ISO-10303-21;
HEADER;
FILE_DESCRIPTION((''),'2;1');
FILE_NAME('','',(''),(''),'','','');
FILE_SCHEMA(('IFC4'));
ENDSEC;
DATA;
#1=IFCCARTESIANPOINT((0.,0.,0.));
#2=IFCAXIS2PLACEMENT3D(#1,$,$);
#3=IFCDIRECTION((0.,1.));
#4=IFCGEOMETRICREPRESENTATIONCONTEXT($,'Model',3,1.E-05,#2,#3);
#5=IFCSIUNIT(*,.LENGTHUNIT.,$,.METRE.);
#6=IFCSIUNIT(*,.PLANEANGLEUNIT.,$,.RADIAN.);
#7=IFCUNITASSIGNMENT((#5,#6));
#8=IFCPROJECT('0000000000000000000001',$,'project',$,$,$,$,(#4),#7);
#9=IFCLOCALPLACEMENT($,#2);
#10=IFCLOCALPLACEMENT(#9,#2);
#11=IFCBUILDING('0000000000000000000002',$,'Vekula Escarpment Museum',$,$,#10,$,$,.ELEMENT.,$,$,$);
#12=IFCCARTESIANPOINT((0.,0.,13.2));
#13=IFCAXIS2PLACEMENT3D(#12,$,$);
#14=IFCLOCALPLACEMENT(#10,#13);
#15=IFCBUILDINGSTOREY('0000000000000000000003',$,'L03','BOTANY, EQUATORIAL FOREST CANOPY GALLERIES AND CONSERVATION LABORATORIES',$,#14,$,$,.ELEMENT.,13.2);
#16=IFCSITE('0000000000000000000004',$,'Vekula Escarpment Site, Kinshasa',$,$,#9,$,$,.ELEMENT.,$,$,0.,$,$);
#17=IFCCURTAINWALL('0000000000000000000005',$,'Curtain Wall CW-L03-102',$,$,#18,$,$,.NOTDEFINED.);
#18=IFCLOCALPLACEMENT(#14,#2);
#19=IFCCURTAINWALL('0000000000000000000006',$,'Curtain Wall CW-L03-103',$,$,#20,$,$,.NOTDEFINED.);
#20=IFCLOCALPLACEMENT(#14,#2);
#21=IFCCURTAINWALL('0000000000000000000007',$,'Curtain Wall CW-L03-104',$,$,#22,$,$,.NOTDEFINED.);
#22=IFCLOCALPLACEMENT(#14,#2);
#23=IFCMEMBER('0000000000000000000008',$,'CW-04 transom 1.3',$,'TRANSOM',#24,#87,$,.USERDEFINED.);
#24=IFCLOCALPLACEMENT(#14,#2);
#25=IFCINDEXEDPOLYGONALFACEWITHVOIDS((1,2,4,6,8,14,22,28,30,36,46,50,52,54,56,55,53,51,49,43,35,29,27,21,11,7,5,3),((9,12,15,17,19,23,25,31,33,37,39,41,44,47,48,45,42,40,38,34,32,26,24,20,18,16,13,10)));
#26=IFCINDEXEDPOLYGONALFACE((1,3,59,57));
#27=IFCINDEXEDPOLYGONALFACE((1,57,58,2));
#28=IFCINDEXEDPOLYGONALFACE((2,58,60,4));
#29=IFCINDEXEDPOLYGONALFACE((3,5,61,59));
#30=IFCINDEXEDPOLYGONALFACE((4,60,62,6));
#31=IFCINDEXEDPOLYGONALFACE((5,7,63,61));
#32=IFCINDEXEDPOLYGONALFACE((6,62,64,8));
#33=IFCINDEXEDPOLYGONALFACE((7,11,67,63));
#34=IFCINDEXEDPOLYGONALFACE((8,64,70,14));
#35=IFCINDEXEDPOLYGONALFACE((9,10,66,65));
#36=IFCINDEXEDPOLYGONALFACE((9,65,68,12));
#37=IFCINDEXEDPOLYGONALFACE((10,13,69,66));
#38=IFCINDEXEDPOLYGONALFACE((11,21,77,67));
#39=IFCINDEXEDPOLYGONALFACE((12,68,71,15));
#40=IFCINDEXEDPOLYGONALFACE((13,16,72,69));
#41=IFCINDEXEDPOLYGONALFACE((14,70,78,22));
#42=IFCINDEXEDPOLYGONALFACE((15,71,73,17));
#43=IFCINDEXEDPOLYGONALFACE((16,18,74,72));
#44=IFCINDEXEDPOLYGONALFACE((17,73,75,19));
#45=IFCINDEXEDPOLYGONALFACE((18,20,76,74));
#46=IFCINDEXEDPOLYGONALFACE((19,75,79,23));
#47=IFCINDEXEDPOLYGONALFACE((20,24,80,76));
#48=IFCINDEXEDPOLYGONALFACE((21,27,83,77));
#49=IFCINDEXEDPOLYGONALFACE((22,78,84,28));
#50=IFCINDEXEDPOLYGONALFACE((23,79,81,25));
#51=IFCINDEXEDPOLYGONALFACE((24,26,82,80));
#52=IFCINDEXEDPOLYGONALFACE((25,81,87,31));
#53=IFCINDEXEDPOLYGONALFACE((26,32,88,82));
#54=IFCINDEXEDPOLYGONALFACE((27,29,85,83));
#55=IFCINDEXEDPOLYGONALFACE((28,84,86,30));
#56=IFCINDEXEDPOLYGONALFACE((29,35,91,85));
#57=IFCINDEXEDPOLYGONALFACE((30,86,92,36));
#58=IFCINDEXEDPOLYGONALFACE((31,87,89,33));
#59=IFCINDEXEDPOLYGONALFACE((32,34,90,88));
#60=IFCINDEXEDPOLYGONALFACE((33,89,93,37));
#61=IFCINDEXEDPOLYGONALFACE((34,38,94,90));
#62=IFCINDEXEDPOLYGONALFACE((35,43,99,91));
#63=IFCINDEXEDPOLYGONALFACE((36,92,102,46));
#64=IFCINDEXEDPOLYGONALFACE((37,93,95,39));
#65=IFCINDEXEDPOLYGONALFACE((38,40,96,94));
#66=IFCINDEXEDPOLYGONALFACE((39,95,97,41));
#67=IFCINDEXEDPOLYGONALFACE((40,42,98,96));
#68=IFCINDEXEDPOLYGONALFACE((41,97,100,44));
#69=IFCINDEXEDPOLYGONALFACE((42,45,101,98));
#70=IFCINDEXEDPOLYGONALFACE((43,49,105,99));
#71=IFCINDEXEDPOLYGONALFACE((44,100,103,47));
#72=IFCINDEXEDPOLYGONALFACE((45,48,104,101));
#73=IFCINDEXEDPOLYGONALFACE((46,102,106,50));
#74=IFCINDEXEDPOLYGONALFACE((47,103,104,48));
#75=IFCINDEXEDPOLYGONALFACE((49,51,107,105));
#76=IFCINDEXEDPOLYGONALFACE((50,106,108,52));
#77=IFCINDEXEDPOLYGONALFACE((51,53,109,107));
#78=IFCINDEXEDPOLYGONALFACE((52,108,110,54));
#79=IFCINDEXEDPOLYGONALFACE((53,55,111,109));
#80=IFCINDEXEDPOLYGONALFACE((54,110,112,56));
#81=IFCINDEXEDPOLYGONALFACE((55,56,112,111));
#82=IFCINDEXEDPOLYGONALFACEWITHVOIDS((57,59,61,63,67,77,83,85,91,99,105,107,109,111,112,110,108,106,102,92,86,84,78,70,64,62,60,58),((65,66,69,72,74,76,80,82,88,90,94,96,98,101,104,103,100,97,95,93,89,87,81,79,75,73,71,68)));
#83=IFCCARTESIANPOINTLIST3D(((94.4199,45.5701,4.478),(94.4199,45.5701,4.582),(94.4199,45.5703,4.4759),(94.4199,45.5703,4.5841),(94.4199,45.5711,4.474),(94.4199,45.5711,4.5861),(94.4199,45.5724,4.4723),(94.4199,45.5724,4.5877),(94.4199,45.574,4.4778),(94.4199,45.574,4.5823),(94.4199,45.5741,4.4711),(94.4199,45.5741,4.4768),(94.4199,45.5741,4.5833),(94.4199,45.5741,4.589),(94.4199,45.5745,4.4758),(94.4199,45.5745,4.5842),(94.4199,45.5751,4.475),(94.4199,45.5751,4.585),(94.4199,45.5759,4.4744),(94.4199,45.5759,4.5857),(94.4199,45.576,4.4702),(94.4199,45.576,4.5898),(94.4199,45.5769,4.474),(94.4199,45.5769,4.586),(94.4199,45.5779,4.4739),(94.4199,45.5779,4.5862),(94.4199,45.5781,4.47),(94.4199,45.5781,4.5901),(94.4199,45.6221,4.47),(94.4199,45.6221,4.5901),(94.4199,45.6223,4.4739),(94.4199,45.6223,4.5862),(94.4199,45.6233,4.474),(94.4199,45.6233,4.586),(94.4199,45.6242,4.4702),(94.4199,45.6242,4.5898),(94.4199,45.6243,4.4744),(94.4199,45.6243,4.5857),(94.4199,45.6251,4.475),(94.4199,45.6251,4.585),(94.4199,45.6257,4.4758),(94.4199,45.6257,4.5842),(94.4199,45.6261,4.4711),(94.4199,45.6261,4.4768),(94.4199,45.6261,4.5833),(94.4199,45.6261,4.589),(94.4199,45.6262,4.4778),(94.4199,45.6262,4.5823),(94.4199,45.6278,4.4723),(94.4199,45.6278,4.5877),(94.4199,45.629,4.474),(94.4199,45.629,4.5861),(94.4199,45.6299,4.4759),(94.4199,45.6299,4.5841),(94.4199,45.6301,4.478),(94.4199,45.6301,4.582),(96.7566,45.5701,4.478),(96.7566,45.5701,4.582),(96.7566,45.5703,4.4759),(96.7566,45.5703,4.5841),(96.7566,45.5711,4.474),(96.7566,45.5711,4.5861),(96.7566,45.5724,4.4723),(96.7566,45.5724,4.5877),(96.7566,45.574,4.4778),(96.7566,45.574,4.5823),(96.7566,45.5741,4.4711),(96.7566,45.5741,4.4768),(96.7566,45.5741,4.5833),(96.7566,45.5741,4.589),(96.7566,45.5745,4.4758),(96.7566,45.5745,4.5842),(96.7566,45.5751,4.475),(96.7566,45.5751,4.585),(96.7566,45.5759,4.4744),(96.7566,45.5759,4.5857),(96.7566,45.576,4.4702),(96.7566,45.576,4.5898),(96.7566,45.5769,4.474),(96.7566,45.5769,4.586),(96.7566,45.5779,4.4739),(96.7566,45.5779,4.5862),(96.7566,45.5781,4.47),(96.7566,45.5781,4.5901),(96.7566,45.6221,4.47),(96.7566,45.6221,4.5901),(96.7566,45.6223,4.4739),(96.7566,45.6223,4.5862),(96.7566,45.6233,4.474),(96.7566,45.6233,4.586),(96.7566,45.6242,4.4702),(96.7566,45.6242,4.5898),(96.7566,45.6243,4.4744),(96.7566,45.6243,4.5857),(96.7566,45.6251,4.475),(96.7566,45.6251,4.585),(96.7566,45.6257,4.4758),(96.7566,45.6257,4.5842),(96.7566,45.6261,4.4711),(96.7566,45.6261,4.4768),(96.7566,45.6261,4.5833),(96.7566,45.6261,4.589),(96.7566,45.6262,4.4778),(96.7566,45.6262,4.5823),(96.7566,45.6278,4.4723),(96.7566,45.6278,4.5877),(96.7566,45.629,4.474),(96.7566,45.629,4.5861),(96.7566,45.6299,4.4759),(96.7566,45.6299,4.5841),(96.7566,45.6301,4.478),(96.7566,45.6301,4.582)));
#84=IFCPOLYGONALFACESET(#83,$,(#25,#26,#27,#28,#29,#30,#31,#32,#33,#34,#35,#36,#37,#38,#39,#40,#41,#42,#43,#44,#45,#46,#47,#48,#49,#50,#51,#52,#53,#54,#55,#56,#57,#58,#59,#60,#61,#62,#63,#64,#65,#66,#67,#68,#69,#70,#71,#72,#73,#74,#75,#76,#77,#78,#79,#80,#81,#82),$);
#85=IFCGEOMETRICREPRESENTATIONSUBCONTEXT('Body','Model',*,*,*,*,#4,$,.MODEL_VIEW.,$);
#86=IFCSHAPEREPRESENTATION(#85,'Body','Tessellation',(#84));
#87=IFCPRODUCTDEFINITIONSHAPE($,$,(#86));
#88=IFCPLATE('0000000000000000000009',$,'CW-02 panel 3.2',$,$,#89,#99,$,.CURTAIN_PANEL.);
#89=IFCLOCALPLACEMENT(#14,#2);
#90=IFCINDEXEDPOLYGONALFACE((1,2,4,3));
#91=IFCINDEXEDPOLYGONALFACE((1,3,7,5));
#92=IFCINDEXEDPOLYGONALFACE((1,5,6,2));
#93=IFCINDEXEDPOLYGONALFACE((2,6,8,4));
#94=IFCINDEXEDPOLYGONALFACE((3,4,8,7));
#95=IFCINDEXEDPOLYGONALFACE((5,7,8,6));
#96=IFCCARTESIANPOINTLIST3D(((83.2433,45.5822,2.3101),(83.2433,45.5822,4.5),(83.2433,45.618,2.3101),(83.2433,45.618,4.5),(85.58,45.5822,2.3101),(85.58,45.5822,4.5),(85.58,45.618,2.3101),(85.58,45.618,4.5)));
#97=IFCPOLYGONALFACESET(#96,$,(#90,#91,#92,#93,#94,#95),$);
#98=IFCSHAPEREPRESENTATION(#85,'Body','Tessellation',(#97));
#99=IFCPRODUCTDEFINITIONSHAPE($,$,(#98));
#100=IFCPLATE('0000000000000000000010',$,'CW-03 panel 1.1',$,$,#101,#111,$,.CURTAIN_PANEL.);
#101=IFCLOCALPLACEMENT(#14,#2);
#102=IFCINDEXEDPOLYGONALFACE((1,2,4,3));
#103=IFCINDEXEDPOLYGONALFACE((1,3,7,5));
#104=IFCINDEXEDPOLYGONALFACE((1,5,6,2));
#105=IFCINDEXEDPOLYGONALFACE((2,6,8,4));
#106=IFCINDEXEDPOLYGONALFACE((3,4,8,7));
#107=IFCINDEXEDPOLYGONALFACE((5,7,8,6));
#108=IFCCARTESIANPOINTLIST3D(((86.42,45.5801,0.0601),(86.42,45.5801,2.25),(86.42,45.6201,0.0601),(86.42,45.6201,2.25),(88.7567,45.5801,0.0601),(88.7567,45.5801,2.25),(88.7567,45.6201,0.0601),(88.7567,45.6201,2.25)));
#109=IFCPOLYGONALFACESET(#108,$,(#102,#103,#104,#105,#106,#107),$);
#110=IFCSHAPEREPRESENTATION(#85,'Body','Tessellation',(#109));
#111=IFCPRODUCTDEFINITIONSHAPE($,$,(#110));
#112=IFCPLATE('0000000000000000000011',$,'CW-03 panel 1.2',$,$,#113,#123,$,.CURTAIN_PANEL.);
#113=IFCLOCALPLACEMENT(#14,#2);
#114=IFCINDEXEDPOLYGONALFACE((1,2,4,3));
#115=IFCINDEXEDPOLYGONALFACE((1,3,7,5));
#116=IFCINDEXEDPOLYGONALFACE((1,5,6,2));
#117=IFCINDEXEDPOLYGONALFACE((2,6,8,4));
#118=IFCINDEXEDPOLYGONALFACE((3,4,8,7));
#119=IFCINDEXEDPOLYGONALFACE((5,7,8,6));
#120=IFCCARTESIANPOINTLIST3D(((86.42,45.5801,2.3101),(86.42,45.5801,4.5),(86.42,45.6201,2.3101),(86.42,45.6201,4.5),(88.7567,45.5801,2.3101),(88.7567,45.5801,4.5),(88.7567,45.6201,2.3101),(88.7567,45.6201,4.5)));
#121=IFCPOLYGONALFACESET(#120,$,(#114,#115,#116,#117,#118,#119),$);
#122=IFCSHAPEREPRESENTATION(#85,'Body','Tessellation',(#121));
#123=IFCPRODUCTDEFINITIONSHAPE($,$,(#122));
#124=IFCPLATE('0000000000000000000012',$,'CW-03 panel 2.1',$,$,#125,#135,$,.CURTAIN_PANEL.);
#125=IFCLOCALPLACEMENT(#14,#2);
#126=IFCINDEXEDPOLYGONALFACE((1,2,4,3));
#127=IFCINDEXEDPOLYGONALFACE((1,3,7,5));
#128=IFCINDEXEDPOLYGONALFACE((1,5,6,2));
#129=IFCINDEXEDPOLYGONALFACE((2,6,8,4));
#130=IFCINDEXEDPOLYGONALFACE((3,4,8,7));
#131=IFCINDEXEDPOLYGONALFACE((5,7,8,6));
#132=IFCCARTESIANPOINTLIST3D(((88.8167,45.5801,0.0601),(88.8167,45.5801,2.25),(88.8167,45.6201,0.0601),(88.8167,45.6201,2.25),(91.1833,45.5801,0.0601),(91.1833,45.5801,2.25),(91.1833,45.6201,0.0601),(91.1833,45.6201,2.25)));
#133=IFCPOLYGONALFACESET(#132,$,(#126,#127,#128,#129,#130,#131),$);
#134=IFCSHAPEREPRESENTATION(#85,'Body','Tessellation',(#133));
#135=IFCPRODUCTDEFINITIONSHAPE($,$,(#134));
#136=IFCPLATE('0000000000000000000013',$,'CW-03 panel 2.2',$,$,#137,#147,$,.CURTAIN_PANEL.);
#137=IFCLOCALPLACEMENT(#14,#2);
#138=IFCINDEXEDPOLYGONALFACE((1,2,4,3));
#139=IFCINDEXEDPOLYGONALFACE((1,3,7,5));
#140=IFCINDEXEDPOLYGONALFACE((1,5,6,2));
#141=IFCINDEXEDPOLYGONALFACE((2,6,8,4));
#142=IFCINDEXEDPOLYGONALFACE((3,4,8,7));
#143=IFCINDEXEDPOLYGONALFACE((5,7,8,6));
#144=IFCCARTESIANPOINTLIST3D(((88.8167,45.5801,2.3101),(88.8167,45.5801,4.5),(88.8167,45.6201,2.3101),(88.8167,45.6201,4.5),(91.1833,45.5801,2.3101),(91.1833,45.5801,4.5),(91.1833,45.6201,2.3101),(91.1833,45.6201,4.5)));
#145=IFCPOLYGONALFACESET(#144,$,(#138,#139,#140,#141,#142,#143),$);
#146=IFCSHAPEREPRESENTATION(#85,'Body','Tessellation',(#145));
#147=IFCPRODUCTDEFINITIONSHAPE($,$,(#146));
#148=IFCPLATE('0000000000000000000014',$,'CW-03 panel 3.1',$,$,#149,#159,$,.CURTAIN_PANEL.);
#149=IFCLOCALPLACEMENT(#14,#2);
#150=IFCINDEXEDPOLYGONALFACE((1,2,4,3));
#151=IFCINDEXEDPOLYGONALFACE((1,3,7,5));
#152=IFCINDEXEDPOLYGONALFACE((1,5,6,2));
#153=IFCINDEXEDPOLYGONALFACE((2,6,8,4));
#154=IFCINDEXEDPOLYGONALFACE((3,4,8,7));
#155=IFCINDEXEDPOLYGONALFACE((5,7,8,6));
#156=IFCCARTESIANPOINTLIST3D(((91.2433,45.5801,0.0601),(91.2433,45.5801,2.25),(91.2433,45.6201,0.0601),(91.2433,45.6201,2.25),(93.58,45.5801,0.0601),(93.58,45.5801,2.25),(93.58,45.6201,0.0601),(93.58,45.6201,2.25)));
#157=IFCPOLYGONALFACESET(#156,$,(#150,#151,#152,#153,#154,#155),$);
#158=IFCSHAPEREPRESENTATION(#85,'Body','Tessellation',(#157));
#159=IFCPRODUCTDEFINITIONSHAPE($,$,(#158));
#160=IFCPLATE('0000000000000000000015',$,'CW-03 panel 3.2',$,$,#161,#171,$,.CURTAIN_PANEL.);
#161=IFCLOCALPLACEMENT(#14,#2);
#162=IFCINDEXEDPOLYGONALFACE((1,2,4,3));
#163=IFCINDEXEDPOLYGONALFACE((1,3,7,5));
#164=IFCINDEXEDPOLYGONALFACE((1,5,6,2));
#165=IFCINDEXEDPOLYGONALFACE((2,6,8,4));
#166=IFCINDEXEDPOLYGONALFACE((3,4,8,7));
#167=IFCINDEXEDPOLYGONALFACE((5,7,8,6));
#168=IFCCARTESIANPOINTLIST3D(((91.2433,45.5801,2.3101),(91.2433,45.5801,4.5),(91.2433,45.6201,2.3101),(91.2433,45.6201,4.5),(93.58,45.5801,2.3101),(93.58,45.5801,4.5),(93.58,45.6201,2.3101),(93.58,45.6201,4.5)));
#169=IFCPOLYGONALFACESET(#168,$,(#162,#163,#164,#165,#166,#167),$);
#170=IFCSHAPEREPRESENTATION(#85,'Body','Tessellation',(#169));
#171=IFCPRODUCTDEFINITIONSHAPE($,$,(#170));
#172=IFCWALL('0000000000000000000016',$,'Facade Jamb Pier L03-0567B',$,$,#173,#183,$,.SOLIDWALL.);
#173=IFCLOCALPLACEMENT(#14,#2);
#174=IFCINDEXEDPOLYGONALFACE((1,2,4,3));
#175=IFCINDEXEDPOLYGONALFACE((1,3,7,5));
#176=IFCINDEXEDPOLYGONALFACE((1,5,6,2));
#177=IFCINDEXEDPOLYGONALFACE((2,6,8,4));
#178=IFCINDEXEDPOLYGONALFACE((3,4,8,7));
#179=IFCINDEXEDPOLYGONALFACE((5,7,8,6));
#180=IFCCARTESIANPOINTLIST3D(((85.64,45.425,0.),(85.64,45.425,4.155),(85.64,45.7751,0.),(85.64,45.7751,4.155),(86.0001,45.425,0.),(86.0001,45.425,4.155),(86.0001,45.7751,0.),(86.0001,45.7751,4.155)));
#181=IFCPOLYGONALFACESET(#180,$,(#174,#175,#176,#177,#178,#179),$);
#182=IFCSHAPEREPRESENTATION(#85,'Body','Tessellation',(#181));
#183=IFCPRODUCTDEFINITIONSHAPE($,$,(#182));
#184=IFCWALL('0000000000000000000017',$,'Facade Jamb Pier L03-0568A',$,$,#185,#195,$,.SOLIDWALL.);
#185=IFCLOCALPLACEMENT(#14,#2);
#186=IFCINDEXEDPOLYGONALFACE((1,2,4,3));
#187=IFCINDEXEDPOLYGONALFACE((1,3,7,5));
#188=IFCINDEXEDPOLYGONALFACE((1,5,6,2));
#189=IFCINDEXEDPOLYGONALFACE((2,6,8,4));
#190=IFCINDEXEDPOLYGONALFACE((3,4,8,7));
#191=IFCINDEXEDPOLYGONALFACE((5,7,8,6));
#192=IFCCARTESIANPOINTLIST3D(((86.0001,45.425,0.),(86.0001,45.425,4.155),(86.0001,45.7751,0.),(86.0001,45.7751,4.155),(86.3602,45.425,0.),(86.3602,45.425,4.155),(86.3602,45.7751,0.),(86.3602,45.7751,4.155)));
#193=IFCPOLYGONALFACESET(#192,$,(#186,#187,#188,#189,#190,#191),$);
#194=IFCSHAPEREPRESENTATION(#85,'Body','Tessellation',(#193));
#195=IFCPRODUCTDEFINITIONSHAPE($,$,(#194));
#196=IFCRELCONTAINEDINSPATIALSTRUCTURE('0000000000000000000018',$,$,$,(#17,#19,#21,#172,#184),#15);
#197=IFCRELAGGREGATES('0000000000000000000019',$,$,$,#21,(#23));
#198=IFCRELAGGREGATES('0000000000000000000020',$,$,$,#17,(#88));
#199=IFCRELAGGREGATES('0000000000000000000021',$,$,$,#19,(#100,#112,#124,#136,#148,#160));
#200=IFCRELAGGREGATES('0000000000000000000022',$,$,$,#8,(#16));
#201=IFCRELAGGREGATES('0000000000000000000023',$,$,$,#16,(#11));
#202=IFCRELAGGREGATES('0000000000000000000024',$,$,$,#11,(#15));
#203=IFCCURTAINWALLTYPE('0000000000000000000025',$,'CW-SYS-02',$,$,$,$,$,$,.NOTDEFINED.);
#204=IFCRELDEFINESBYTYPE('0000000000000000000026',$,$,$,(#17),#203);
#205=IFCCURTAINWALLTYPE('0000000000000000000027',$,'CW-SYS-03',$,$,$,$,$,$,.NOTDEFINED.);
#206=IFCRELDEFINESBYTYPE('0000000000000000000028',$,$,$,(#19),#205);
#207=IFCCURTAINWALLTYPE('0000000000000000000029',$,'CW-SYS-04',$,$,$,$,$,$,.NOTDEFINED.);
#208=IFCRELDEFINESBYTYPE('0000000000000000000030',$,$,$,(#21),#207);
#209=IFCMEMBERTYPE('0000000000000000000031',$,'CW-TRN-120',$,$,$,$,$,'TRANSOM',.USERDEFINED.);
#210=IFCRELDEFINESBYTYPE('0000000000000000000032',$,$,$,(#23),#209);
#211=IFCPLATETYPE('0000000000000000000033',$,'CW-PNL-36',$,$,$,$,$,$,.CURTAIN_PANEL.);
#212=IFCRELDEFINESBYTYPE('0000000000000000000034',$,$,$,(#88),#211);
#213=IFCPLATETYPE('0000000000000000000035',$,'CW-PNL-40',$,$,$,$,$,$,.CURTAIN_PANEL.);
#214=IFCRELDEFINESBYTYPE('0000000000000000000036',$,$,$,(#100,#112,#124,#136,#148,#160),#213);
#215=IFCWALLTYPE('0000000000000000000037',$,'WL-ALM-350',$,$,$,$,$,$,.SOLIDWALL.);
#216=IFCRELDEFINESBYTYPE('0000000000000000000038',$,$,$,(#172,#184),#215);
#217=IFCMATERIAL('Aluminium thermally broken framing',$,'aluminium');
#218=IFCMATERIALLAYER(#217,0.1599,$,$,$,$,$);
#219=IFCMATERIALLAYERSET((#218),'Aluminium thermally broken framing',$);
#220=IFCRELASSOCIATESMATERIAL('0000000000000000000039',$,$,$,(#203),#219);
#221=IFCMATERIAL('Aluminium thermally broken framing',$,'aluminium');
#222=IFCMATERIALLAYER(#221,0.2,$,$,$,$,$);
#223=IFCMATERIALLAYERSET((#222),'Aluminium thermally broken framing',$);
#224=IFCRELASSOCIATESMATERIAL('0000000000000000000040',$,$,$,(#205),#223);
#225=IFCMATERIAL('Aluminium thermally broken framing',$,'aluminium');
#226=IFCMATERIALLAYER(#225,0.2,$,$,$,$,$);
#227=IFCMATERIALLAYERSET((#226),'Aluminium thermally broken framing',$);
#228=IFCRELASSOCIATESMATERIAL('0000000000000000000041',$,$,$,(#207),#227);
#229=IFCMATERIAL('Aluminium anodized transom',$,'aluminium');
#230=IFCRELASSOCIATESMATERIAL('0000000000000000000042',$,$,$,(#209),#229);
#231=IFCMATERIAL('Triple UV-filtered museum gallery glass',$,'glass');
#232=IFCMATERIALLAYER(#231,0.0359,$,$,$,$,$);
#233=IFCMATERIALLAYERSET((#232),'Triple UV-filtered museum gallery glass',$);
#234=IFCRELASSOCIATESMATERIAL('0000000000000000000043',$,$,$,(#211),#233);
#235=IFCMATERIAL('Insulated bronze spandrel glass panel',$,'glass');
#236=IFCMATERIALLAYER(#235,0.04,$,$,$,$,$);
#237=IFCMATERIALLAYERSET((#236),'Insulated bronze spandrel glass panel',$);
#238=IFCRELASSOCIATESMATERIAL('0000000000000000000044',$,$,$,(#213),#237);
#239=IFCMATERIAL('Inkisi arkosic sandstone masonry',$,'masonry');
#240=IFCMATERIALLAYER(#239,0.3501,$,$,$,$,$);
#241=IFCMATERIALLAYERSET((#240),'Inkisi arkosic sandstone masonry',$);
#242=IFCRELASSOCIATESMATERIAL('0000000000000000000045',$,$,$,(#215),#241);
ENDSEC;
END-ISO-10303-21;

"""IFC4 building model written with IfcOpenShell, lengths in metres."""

from ifc_helpers import new_model, si_unit, direction, frame, frame_2d, origin, origin_2d, place, context, subcontext, project, spatial, rectangle, hollow_rectangle, extrude, material, layer, layer_set, material_profile, profile_set, type_object, element, aggregate, save


model = new_model("IFC4")

# Units and contexts
model_context = context("Model", 3, precision=1e-05, world=origin(), true_north=direction((0.0, 1.0)))
body_context = subcontext(model_context, "Body", "Model", "MODEL_VIEW")
ifc_project = project(units=[si_unit("LENGTHUNIT", "METRE"), si_unit("PLANEANGLEUNIT", "RADIAN")], contexts=[model_context])

# Site, building, storey
site_placement = place(None, origin())
site = spatial("IfcSite", under=ifc_project, at=site_placement, Name="Vekula Escarpment Site, Kinshasa", CompositionType="ELEMENT", RefElevation=0.0)
building_placement = place(site_placement, origin())
building = spatial("IfcBuilding", under=site, at=building_placement, Name="Vekula Escarpment Museum", CompositionType="ELEMENT")
storey_placement = place(building_placement, frame((0.0, 0.0, 13.2)))
storey = spatial("IfcBuildingStorey", under=building, at=storey_placement, Name="L03", Description="BOTANY, EQUATORIAL FOREST CANOPY GALLERIES AND CONSERVATION LABORATORIES", CompositionType="ELEMENT", Elevation=13.2)

# Curtain wall
ifc_material_1 = material(Name="Aluminium thermally broken framing", Category="aluminium")
ifc_layer_1 = layer(ifc_material_1, 0.1599)
ifc_layer_set_1 = layer_set([ifc_layer_1], Name="Aluminium thermally broken framing")
curtain_wall_type_1 = type_object("IfcCurtainWallType", Name="CW-SYS-02", PredefinedType="NOTDEFINED", material=ifc_layer_set_1)
curtain_wall_1_placement = place(storey_placement, origin())
curtain_wall_1 = element("IfcCurtainWall", 1, at=curtain_wall_1_placement, inside=storey, type_object=curtain_wall_type_1, Name="Curtain Wall CW-L03-102", PredefinedType="NOTDEFINED")

# Curtain wall
ifc_material_2 = material(Name="Aluminium thermally broken framing", Category="aluminium")
ifc_layer_2 = layer(ifc_material_2, 0.2)
ifc_layer_set_2 = layer_set([ifc_layer_2], Name="Aluminium thermally broken framing")
curtain_wall_type_2 = type_object("IfcCurtainWallType", Name="CW-SYS-03", PredefinedType="NOTDEFINED", material=ifc_layer_set_2)
curtain_wall_2_placement = place(storey_placement, origin())
curtain_wall_2 = element("IfcCurtainWall", 2, at=curtain_wall_2_placement, inside=storey, type_object=curtain_wall_type_2, Name="Curtain Wall CW-L03-103", PredefinedType="NOTDEFINED")

# Curtain wall
ifc_material_3 = material(Name="Aluminium thermally broken framing", Category="aluminium")
ifc_layer_3 = layer(ifc_material_3, 0.2)
ifc_layer_set_3 = layer_set([ifc_layer_3], Name="Aluminium thermally broken framing")
curtain_wall_type_3 = type_object("IfcCurtainWallType", Name="CW-SYS-04", PredefinedType="NOTDEFINED", material=ifc_layer_set_3)
curtain_wall_3_placement = place(storey_placement, origin())
curtain_wall_3 = element("IfcCurtainWall", 3, at=curtain_wall_3_placement, inside=storey, type_object=curtain_wall_type_3, Name="Curtain Wall CW-L03-104", PredefinedType="NOTDEFINED")

# Member
ifc_material_4 = material(Name="Aluminium anodized transom", Category="aluminium")
ifc_material_profile_1 = material_profile(ifc_material_4, hollow_rectangle(XDim=0.0601, YDim=0.1201, WallThickness=0.0039, InnerFilletRadius=0.0039, OuterFilletRadius=0.0081, at=origin_2d()), Name="ALU 120x60x4")
ifc_profile_set_1 = profile_set([ifc_material_profile_1], Name="Aluminium anodized transom")
member_type_1 = type_object("IfcMemberType", Name="CW-TRN-120", ElementType="TRANSOM", PredefinedType="USERDEFINED", material=ifc_profile_set_1)
member_1_placement = place(storey_placement, frame((94.4199, 45.6001, 4.53), z_axis=(1.0, 0.0, 0.0), x_axis=(0.0, 1.0, 0.0)))
member_1 = element("IfcMember", 4, at=member_1_placement, type_object=member_type_1, Name="CW-04 transom 1.3", ObjectType="TRANSOM", PredefinedType="USERDEFINED", context=body_context, shape_type="SweptSolid", body=[
    extrude(hollow_rectangle(XDim=0.0601, YDim=0.1201, WallThickness=0.0039, InnerFilletRadius=0.0039, OuterFilletRadius=0.0081, at=origin_2d()), origin(), (0.0, 0.0, 1.0), 2.3367),
])
aggregate(curtain_wall_3, [member_1])

# Plates
ifc_material_5 = material(Name="Triple UV-filtered museum gallery glass", Category="glass")
ifc_layer_4 = layer(ifc_material_5, 0.0359)
ifc_layer_set_4 = layer_set([ifc_layer_4], Name="Triple UV-filtered museum gallery glass")
plate_type_1 = type_object("IfcPlateType", Name="CW-PNL-36", PredefinedType="CURTAIN_PANEL", material=ifc_layer_set_4)
plate_1_placement = place(storey_placement, frame((84.4116, 45.6001, 2.3101), z_axis=(0.0, 0.0, 1.0), x_axis=(1.0, 0.0, 0.0)))
plate_1 = element("IfcPlate", 5, at=plate_1_placement, type_object=plate_type_1, Name="CW-02 panel 3.2", PredefinedType="CURTAIN_PANEL", context=body_context, shape_type="SweptSolid", body=[
    extrude(rectangle(XDim=2.3367, YDim=0.0359, at=origin_2d()), origin(), (0.0, 0.0, 1.0), 2.1899),
])
aggregate(curtain_wall_1, [plate_1])
ifc_material_6 = material(Name="Insulated bronze spandrel glass panel", Category="glass")
ifc_layer_5 = layer(ifc_material_6, 0.04)
ifc_layer_set_5 = layer_set([ifc_layer_5], Name="Insulated bronze spandrel glass panel")
plate_type_2 = type_object("IfcPlateType", Name="CW-PNL-40", PredefinedType="CURTAIN_PANEL", material=ifc_layer_set_5)
plate_2_placement = place(storey_placement, frame((87.5884, 45.6001, 0.0601), z_axis=(0.0, 0.0, 1.0), x_axis=(1.0, 0.0, 0.0)))
plate_2 = element("IfcPlate", 6, at=plate_2_placement, type_object=plate_type_2, Name="CW-03 panel 1.1", PredefinedType="CURTAIN_PANEL", context=body_context, shape_type="SweptSolid", body=[
    extrude(rectangle(XDim=2.3367, YDim=0.04, at=origin_2d()), origin(), (0.0, 0.0, 1.0), 2.1899),
])
plate_3_placement = place(storey_placement, frame((87.5884, 45.6001, 2.3101), z_axis=(0.0, 0.0, 1.0), x_axis=(1.0, 0.0, 0.0)))
plate_3 = element("IfcPlate", 7, at=plate_3_placement, type_object=plate_type_2, Name="CW-03 panel 1.2", PredefinedType="CURTAIN_PANEL", context=body_context, shape_type="SweptSolid", body=[
    extrude(rectangle(XDim=2.3367, YDim=0.04, at=origin_2d()), origin(), (0.0, 0.0, 1.0), 2.1899),
])
plate_4_placement = place(storey_placement, frame((90.0, 45.6001, 0.0601), z_axis=(0.0, 0.0, 1.0), x_axis=(1.0, 0.0, 0.0)))
plate_4 = element("IfcPlate", 8, at=plate_4_placement, type_object=plate_type_2, Name="CW-03 panel 2.1", PredefinedType="CURTAIN_PANEL", context=body_context, shape_type="SweptSolid", body=[
    extrude(rectangle(XDim=2.3667, YDim=0.04, at=origin_2d()), origin(), (0.0, 0.0, 1.0), 2.1899),
])
plate_5_placement = place(storey_placement, frame((90.0, 45.6001, 2.3101), z_axis=(0.0, 0.0, 1.0), x_axis=(1.0, 0.0, 0.0)))
plate_5 = element("IfcPlate", 9, at=plate_5_placement, type_object=plate_type_2, Name="CW-03 panel 2.2", PredefinedType="CURTAIN_PANEL", context=body_context, shape_type="SweptSolid", body=[
    extrude(rectangle(XDim=2.3667, YDim=0.04, at=origin_2d()), origin(), (0.0, 0.0, 1.0), 2.1899),
])
plate_6_placement = place(storey_placement, frame((92.4116, 45.6001, 0.0601), z_axis=(0.0, 0.0, 1.0), x_axis=(1.0, 0.0, 0.0)))
plate_6 = element("IfcPlate", 10, at=plate_6_placement, type_object=plate_type_2, Name="CW-03 panel 3.1", PredefinedType="CURTAIN_PANEL", context=body_context, shape_type="SweptSolid", body=[
    extrude(rectangle(XDim=2.3367, YDim=0.04, at=origin_2d()), origin(), (0.0, 0.0, 1.0), 2.1899),
])
plate_7_placement = place(storey_placement, frame((92.4116, 45.6001, 2.3101), z_axis=(0.0, 0.0, 1.0), x_axis=(1.0, 0.0, 0.0)))
plate_7 = element("IfcPlate", 11, at=plate_7_placement, type_object=plate_type_2, Name="CW-03 panel 3.2", PredefinedType="CURTAIN_PANEL", context=body_context, shape_type="SweptSolid", body=[
    extrude(rectangle(XDim=2.3367, YDim=0.04, at=origin_2d()), origin(), (0.0, 0.0, 1.0), 2.1899),
])
aggregate(curtain_wall_2, [plate_2, plate_3, plate_4, plate_5, plate_6, plate_7])

# Walls
ifc_material_7 = material(Name="Inkisi arkosic sandstone masonry", Category="masonry")
ifc_layer_6 = layer(ifc_material_7, 0.3501)
ifc_layer_set_6 = layer_set([ifc_layer_6], Name="Inkisi arkosic sandstone masonry")
wall_type = type_object("IfcWallType", Name="WL-ALM-350", PredefinedType="SOLIDWALL", material=ifc_layer_set_6)
for number, where, z_axis, x_axis, name in (
    (12, (85.6399, 45.6001, 0.0), (0.0, 0.0, 1.0), (1.0, 0.0, 0.0), "Facade Jamb Pier L03-0567B"),
    (13, (86.0, 45.6001, 0.0), (0.0, 0.0, 1.0), (1.0, 0.0, 0.0), "Facade Jamb Pier L03-0568A"),
):
    element("IfcWall", number, at=place(storey_placement, frame(where, z_axis=z_axis, x_axis=x_axis)), inside=storey, type_object=wall_type, Name=name, PredefinedType="SOLIDWALL", context=body_context, shape_type="SweptSolid", body=[
        extrude(rectangle(XDim=0.3601, YDim=0.3501, at=frame_2d((0.1802, 0.0))), origin(), (0.0, 0.0, 1.0), 4.155),
    ])

save(model, "model.ifc")
